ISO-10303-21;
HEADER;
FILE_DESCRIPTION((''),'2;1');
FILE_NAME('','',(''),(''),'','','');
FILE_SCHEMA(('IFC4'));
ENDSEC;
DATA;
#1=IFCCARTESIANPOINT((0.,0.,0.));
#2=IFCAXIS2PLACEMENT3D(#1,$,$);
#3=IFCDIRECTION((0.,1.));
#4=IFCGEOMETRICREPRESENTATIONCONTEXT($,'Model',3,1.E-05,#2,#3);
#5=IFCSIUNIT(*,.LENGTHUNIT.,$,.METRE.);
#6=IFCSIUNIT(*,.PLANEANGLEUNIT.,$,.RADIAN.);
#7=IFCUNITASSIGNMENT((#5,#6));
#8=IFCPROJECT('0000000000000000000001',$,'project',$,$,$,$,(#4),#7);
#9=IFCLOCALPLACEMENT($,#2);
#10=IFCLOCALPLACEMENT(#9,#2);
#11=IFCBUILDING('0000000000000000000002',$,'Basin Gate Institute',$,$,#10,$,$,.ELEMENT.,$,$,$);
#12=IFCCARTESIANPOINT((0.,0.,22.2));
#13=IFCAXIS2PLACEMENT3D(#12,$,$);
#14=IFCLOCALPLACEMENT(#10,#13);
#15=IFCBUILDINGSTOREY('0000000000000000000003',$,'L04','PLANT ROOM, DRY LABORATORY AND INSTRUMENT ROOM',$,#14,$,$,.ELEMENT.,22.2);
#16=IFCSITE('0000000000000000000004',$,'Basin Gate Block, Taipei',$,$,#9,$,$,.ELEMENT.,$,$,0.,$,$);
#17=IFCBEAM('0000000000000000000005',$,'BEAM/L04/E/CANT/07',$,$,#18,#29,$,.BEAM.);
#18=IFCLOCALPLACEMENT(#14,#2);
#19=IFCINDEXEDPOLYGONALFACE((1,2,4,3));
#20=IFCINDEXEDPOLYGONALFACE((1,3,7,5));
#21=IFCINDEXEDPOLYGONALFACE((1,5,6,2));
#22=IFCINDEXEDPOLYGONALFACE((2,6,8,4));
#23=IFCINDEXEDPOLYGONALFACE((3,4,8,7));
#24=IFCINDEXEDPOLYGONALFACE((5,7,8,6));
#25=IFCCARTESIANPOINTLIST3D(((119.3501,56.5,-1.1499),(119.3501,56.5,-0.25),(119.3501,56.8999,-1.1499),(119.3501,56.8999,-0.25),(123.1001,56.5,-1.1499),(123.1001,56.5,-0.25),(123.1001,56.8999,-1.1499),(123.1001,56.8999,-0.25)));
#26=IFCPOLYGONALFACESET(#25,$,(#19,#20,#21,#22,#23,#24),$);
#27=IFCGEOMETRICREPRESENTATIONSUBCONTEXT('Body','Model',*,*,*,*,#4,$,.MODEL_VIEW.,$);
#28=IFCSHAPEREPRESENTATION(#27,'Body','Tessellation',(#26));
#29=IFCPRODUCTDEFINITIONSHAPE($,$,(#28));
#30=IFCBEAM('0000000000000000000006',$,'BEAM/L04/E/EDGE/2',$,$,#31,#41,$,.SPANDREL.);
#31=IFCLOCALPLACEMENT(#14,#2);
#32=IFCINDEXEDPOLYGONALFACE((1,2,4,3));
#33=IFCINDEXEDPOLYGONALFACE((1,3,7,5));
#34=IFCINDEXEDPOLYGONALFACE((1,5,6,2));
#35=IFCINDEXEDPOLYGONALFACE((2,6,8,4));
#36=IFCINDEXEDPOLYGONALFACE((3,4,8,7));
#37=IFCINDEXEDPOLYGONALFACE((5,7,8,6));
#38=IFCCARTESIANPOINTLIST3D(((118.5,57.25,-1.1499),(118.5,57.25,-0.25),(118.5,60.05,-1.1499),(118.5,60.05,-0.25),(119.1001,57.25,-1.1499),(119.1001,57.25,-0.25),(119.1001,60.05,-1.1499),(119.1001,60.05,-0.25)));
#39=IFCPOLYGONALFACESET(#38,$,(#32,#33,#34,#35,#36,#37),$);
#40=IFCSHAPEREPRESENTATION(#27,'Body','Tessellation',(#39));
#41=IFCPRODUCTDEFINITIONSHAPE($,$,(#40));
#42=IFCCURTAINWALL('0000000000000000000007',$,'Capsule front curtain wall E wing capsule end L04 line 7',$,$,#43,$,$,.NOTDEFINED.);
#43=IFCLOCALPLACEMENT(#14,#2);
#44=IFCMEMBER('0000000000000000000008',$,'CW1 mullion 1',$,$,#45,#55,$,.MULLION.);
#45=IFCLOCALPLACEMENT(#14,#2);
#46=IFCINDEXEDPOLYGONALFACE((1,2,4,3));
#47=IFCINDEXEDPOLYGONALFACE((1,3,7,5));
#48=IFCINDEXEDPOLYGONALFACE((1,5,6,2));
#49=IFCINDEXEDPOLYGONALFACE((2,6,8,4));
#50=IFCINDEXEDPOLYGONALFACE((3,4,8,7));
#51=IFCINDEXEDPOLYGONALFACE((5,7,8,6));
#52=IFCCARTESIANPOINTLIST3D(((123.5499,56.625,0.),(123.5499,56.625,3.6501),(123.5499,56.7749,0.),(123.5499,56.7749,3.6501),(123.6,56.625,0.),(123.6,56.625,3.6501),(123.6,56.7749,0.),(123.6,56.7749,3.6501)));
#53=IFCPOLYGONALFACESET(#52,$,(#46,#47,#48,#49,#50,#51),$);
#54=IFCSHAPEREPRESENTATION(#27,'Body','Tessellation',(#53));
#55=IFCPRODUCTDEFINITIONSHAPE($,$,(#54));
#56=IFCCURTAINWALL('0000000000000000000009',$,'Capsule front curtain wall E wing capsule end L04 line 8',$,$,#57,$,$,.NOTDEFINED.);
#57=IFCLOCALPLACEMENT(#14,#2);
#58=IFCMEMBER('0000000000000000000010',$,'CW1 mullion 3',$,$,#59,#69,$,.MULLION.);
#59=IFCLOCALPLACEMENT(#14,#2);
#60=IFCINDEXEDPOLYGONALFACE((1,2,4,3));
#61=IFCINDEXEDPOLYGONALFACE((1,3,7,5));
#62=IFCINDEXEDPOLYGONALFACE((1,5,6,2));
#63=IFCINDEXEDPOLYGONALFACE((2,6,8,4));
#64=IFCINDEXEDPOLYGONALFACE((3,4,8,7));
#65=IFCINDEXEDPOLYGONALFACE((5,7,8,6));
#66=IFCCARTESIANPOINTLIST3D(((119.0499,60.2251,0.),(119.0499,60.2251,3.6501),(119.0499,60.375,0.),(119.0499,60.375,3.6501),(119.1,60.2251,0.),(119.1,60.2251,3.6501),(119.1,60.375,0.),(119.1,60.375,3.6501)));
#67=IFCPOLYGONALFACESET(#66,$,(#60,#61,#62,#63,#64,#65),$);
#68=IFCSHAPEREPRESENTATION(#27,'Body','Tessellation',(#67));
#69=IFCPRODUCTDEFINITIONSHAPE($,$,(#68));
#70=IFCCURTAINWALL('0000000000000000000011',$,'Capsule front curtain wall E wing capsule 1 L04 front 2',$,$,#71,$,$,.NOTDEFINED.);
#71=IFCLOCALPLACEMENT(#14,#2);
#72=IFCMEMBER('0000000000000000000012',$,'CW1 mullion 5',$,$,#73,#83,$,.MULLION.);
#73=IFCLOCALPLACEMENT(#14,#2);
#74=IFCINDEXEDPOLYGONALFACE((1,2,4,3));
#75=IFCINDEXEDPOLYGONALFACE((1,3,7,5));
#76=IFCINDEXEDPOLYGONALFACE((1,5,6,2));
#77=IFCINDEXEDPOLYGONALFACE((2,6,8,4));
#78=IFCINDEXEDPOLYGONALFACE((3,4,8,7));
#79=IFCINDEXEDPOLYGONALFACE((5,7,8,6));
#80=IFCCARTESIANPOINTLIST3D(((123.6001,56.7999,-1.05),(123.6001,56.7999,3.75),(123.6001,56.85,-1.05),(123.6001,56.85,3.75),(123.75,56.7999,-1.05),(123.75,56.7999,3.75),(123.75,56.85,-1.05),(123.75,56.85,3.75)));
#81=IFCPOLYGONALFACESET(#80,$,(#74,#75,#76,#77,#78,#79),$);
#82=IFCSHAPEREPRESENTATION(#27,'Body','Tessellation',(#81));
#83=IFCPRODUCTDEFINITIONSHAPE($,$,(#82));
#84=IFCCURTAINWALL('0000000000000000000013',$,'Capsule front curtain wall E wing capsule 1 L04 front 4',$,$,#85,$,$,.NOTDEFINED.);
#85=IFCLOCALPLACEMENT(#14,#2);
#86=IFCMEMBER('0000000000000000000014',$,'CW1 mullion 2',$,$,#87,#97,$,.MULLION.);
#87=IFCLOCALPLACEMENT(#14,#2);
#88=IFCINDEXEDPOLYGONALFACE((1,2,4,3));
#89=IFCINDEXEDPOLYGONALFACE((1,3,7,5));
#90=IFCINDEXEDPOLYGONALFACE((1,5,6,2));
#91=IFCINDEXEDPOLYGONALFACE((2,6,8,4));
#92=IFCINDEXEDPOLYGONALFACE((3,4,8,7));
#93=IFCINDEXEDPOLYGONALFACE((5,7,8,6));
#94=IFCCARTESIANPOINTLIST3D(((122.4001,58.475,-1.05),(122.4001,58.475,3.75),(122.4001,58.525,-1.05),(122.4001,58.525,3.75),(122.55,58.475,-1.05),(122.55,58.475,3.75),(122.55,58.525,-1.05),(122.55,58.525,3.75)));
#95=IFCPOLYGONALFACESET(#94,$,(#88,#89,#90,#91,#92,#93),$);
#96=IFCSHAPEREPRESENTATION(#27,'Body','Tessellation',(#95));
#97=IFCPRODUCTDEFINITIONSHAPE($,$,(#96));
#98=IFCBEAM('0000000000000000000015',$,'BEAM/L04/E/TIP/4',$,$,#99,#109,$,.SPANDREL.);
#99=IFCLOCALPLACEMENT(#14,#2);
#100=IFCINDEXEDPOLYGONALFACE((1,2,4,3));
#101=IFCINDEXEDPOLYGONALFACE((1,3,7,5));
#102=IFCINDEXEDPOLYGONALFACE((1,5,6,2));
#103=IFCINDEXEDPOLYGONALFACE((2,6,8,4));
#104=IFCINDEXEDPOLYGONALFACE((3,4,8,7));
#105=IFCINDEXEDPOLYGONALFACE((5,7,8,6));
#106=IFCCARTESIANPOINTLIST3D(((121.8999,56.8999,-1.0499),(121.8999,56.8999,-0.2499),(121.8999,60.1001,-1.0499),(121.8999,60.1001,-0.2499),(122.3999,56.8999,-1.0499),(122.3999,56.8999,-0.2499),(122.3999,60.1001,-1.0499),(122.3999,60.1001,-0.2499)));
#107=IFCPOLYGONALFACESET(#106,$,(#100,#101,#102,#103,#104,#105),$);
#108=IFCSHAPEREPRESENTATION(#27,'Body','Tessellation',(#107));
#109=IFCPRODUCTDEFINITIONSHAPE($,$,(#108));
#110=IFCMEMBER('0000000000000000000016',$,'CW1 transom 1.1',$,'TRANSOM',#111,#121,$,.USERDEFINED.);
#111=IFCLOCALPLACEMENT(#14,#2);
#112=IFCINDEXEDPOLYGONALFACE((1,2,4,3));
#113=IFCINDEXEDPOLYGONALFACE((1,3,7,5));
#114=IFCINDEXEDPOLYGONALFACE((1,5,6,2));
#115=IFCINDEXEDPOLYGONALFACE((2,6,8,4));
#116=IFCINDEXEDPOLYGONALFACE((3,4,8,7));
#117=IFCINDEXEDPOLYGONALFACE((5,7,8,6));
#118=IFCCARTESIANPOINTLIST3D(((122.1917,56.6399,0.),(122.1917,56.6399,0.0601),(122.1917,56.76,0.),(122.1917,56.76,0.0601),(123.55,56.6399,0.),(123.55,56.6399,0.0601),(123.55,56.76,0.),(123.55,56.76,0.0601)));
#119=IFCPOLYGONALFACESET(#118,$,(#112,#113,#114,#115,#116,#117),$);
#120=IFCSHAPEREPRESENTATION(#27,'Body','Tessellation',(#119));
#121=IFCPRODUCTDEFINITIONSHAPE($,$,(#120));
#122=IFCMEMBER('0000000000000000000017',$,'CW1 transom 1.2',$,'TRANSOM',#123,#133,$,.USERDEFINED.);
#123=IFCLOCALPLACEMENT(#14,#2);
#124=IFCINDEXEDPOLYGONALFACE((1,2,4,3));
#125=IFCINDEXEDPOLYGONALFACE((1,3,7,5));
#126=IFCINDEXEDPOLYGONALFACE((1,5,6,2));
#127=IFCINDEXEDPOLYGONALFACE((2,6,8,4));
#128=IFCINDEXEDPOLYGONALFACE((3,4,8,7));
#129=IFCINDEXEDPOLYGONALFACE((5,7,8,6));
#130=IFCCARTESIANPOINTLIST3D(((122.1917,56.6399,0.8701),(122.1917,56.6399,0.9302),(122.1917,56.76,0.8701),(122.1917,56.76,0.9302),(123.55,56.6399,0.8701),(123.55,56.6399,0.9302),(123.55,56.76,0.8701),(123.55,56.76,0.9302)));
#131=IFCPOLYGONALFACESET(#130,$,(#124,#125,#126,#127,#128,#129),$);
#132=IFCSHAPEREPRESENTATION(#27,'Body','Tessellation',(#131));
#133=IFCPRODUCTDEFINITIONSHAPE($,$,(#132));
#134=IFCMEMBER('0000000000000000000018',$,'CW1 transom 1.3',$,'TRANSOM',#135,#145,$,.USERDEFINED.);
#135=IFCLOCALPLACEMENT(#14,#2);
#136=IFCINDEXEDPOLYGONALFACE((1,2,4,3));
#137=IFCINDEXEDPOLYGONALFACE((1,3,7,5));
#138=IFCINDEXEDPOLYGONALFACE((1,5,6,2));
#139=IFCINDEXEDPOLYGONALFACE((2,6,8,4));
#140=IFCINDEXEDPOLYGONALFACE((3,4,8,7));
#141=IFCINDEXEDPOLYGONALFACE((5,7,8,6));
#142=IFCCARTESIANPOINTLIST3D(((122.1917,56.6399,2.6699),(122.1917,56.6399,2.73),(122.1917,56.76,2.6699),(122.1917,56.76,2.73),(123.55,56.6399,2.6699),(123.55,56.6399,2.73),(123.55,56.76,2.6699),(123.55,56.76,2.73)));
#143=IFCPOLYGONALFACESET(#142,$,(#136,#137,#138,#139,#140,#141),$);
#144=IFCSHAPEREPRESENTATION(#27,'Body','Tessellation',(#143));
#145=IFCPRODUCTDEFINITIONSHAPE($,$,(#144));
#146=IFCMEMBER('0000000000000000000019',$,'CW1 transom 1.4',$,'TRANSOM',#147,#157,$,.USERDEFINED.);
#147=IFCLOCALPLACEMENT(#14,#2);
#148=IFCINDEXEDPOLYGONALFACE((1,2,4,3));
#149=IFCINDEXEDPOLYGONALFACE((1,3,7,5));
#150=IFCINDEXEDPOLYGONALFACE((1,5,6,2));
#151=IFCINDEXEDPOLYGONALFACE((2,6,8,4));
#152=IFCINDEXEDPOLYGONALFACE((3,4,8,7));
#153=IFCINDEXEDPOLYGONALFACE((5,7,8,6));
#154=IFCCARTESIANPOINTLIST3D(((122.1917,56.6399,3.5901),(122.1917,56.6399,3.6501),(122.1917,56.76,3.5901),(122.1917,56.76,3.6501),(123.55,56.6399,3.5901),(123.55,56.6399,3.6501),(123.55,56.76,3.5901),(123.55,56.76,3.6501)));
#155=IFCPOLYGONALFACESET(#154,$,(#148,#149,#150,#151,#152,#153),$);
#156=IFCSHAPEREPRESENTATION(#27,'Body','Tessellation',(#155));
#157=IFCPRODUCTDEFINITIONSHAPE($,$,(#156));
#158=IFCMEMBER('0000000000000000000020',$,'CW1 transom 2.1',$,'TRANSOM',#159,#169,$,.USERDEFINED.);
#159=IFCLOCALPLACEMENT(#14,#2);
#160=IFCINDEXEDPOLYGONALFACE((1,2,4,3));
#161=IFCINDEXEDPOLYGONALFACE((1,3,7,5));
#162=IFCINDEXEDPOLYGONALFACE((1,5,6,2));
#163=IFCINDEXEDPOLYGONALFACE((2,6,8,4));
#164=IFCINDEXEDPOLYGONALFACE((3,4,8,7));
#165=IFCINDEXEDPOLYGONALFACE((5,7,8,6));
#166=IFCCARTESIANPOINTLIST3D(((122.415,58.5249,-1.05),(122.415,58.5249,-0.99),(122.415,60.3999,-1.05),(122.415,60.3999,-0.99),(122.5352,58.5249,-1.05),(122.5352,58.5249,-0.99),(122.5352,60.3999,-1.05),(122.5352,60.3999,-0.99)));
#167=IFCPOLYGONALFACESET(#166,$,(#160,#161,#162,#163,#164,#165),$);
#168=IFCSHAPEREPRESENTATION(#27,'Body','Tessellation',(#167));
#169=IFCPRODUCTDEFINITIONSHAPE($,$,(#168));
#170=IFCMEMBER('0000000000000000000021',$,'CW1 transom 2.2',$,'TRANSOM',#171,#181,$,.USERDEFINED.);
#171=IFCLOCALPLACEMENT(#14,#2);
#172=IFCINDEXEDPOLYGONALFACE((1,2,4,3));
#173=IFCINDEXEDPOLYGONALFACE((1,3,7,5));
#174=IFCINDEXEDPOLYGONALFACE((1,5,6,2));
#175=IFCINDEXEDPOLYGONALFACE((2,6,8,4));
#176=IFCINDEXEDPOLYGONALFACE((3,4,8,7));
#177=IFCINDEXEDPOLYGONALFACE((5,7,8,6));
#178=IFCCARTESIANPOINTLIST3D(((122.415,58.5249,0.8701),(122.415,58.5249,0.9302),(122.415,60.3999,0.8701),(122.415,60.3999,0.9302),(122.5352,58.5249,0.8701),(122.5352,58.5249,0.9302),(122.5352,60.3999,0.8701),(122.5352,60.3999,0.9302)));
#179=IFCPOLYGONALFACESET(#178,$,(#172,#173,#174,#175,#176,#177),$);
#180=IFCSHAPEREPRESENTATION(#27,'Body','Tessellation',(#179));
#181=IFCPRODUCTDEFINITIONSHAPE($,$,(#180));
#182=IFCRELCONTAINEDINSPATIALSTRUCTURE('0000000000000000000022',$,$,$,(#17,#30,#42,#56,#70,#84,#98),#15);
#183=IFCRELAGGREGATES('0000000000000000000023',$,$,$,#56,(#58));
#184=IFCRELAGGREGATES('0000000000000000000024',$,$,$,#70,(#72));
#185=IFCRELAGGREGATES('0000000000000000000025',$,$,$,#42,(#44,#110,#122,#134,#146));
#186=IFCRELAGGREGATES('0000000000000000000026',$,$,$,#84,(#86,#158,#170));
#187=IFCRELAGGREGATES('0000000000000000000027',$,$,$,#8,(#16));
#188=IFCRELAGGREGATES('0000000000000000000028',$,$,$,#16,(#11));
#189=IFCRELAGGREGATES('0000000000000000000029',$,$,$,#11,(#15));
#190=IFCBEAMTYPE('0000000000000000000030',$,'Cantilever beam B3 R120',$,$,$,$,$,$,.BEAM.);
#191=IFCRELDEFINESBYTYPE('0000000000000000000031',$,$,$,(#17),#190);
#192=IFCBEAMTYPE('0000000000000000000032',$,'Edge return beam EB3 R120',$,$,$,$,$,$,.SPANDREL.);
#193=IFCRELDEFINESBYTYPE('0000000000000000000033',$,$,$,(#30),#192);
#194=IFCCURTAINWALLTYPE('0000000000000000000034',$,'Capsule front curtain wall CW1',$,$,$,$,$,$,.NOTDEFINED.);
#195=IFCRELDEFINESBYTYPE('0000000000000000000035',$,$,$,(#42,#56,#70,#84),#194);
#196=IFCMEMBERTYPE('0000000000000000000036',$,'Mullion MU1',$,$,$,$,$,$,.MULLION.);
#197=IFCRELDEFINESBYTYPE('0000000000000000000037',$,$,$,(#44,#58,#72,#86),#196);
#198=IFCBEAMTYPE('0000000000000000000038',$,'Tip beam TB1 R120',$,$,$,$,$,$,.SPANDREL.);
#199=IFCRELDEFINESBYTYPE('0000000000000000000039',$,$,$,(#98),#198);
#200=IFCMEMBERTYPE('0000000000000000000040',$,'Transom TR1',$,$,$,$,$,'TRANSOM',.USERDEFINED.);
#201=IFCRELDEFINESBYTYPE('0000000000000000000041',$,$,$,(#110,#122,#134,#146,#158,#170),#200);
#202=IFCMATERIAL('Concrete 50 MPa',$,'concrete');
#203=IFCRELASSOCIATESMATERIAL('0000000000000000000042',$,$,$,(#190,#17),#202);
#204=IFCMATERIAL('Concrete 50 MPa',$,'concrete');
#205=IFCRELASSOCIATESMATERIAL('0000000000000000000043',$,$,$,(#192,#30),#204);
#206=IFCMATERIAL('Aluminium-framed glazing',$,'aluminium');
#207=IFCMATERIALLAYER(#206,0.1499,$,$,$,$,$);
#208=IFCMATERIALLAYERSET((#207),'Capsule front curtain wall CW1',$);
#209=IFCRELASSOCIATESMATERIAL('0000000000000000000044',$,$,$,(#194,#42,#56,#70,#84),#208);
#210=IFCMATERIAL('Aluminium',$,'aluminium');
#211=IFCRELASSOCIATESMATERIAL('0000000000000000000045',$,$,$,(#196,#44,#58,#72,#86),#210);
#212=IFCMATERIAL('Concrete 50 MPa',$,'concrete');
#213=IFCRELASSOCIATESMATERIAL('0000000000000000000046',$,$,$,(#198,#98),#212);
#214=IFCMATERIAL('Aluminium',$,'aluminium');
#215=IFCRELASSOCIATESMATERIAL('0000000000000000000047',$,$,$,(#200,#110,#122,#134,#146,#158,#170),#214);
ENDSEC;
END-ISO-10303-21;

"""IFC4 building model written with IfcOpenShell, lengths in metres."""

from ifc_helpers import new_model, si_unit, direction, frame, origin, origin_2d, place, context, subcontext, project, spatial, rectangle, extrude, material, layer, layer_set, material_profile, profile_set, type_object, element, aggregate, save


model = new_model("IFC4")

# Units and contexts
model_context = context("Model", 3, precision=1e-05, world=origin(), true_north=direction((0.0, 1.0)))
body_context = subcontext(model_context, "Body", "Model", "MODEL_VIEW")
ifc_project = project(units=[si_unit("LENGTHUNIT", "METRE"), si_unit("PLANEANGLEUNIT", "RADIAN")], contexts=[model_context])

# Site, building, storey
site_placement = place(None, origin())
site = spatial("IfcSite", under=ifc_project, at=site_placement, Name="Basin Gate Block, Taipei", CompositionType="ELEMENT", RefElevation=0.0)
building_placement = place(site_placement, origin())
building = spatial("IfcBuilding", under=site, at=building_placement, Name="Basin Gate Institute", CompositionType="ELEMENT")
storey_placement = place(building_placement, frame((0.0, 0.0, 22.2)))
storey = spatial("IfcBuildingStorey", under=building, at=storey_placement, Name="L04", Description="PLANT ROOM, DRY LABORATORY AND INSTRUMENT ROOM", CompositionType="ELEMENT", Elevation=22.2)

# Beams
ifc_material_1 = material(Name="Concrete 50 MPa", Category="concrete")
ifc_material_profile_1 = material_profile(ifc_material_1, rectangle(XDim=0.3999, YDim=0.8999, at=origin_2d()), Name="Cantilever beam B3 400 x 900")
ifc_profile_set_1 = profile_set([ifc_material_profile_1], Name="Concrete 50 MPa")
beam_type_1 = type_object("IfcBeamType", Name="Cantilever beam B3 R120", PredefinedType="BEAM", material=ifc_profile_set_1)
beam_1_placement = place(storey_placement, frame((123.1001, 56.7, -0.7), z_axis=(-1.0, 0.0, 0.0), x_axis=(0.0, -1.0, 0.0)))
element("IfcBeam", 1, at=beam_1_placement, inside=storey, type_object=beam_type_1, material=ifc_profile_set_1, Name="BEAM/L04/E/CANT/07", PredefinedType="BEAM", context=body_context, shape_type="SweptSolid", body=[
    extrude(rectangle(XDim=0.3999, YDim=0.8999, at=origin_2d()), origin(), (0.0, 0.0, 1.0), 3.75),
])
ifc_material_2 = material(Name="Concrete 50 MPa", Category="concrete")
ifc_material_profile_2 = material_profile(ifc_material_2, rectangle(XDim=0.6001, YDim=0.8999, at=origin_2d()), Name="Edge return beam EB3 600 x 900")
ifc_profile_set_2 = profile_set([ifc_material_profile_2], Name="Concrete 50 MPa")
beam_type_2 = type_object("IfcBeamType", Name="Edge return beam EB3 R120", PredefinedType="SPANDREL", material=ifc_profile_set_2)
beam_2_placement = place(storey_placement, frame((118.8, 57.25, -0.7), z_axis=(0.0, 1.0, 0.0), x_axis=(-1.0, 0.0, 0.0)))
element("IfcBeam", 2, at=beam_2_placement, inside=storey, type_object=beam_type_2, material=ifc_profile_set_2, Name="BEAM/L04/E/EDGE/2", PredefinedType="SPANDREL", context=body_context, shape_type="SweptSolid", body=[
    extrude(rectangle(XDim=0.6001, YDim=0.8999, at=origin_2d()), origin(), (0.0, 0.0, 1.0), 2.8),
])

# Curtain walls, members
ifc_material_3 = material(Name="Aluminium-framed glazing", Category="aluminium")
ifc_layer_1 = layer(ifc_material_3, 0.1499)
ifc_layer_set_1 = layer_set([ifc_layer_1], Name="Capsule front curtain wall CW1")
curtain_wall_type = type_object("IfcCurtainWallType", Name="Capsule front curtain wall CW1", PredefinedType="NOTDEFINED", material=ifc_layer_set_1)
curtain_wall_1_placement = place(storey_placement, origin())
curtain_wall_1 = element("IfcCurtainWall", 3, at=curtain_wall_1_placement, inside=storey, type_object=curtain_wall_type, material=ifc_layer_set_1, Name="Capsule front curtain wall E wing capsule end L04 line 7", PredefinedType="NOTDEFINED")
ifc_material_4 = material(Name="Aluminium", Category="aluminium")
ifc_material_profile_3 = material_profile(ifc_material_4, rectangle(XDim=0.1499, YDim=0.05, at=origin_2d()), Name="Mullion MU1 150 x 50")
ifc_profile_set_3 = profile_set([ifc_material_profile_3], Name="Aluminium")
member_type_1 = type_object("IfcMemberType", Name="Mullion MU1", PredefinedType="MULLION", material=ifc_profile_set_3)
member_1_placement = place(storey_placement, frame((123.575, 56.7, 0.0), z_axis=(0.0, 0.0, 1.0), x_axis=(0.0, -1.0, 0.0)))
member_1 = element("IfcMember", 4, at=member_1_placement, type_object=member_type_1, material=ifc_profile_set_3, Name="CW1 mullion 1", PredefinedType="MULLION", context=body_context, shape_type="SweptSolid", body=[
    extrude(rectangle(XDim=0.1499, YDim=0.05, at=origin_2d()), origin(), (0.0, 0.0, 1.0), 3.6501),
])
curtain_wall_2_placement = place(storey_placement, origin())
curtain_wall_2 = element("IfcCurtainWall", 5, at=curtain_wall_2_placement, inside=storey, type_object=curtain_wall_type, material=ifc_layer_set_1, Name="Capsule front curtain wall E wing capsule end L04 line 8", PredefinedType="NOTDEFINED")
member_2_placement = place(storey_placement, frame((119.075, 60.3, 0.0), z_axis=(0.0, 0.0, 1.0), x_axis=(0.0, -1.0, 0.0)))
member_2 = element("IfcMember", 6, at=member_2_placement, type_object=member_type_1, material=ifc_profile_set_3, Name="CW1 mullion 3", PredefinedType="MULLION", context=body_context, shape_type="SweptSolid", body=[
    extrude(rectangle(XDim=0.1499, YDim=0.05, at=origin_2d()), origin(), (0.0, 0.0, 1.0), 3.6501),
])
aggregate(curtain_wall_2, [member_2])
curtain_wall_3_placement = place(storey_placement, origin())
curtain_wall_3 = element("IfcCurtainWall", 7, at=curtain_wall_3_placement, inside=storey, type_object=curtain_wall_type, material=ifc_layer_set_1, Name="Capsule front curtain wall E wing capsule 1 L04 front 2", PredefinedType="NOTDEFINED")
member_3_placement = place(storey_placement, frame((123.675, 56.825, -1.05), z_axis=(0.0, 0.0, 1.0), x_axis=(-1.0, 0.0, 0.0)))
member_3 = element("IfcMember", 8, at=member_3_placement, type_object=member_type_1, material=ifc_profile_set_3, Name="CW1 mullion 5", PredefinedType="MULLION", context=body_context, shape_type="SweptSolid", body=[
    extrude(rectangle(XDim=0.1499, YDim=0.05, at=origin_2d()), origin(), (0.0, 0.0, 1.0), 4.8),
])
aggregate(curtain_wall_3, [member_3])
curtain_wall_4_placement = place(storey_placement, origin())
curtain_wall_4 = element("IfcCurtainWall", 9, at=curtain_wall_4_placement, inside=storey, type_object=curtain_wall_type, material=ifc_layer_set_1, Name="Capsule front curtain wall E wing capsule 1 L04 front 4", PredefinedType="NOTDEFINED")
member_4_placement = place(storey_placement, frame((122.4751, 58.5, -1.05), z_axis=(0.0, 0.0, 1.0), x_axis=(-1.0, 0.0, 0.0)))
member_4 = element("IfcMember", 10, at=member_4_placement, type_object=member_type_1, material=ifc_profile_set_3, Name="CW1 mullion 2", PredefinedType="MULLION", context=body_context, shape_type="SweptSolid", body=[
    extrude(rectangle(XDim=0.1499, YDim=0.05, at=origin_2d()), origin(), (0.0, 0.0, 1.0), 4.8),
])

# Beam
ifc_material_5 = material(Name="Concrete 50 MPa", Category="concrete")
ifc_material_profile_4 = material_profile(ifc_material_5, rectangle(XDim=0.5, YDim=0.8, at=origin_2d()), Name="Tip beam TB1 500 x 800")
ifc_profile_set_4 = profile_set([ifc_material_profile_4], Name="Concrete 50 MPa")
beam_type_3 = type_object("IfcBeamType", Name="Tip beam TB1 R120", PredefinedType="SPANDREL", material=ifc_profile_set_4)
beam_3_placement = place(storey_placement, frame((122.1499, 56.8999, -0.6499), z_axis=(0.0, 1.0, 0.0), x_axis=(-1.0, 0.0, 0.0)))
element("IfcBeam", 11, at=beam_3_placement, inside=storey, type_object=beam_type_3, material=ifc_profile_set_4, Name="BEAM/L04/E/TIP/4", PredefinedType="SPANDREL", context=body_context, shape_type="SweptSolid", body=[
    extrude(rectangle(XDim=0.5, YDim=0.8, at=origin_2d()), origin(), (0.0, 0.0, 1.0), 3.2002),
])

# Members
ifc_material_6 = material(Name="Aluminium", Category="aluminium")
ifc_material_profile_5 = material_profile(ifc_material_6, rectangle(XDim=0.1201, YDim=0.0601, at=origin_2d()), Name="Transom TR1 120 x 60")
ifc_profile_set_5 = profile_set([ifc_material_profile_5], Name="Aluminium")
member_type_2 = type_object("IfcMemberType", Name="Transom TR1", ElementType="TRANSOM", PredefinedType="USERDEFINED", material=ifc_profile_set_5)
member_5_placement = place(storey_placement, frame((123.55, 56.7, 0.03), z_axis=(-1.0, 0.0, 0.0), x_axis=(0.0, -1.0, 0.0)))
member_5 = element("IfcMember", 12, at=member_5_placement, type_object=member_type_2, material=ifc_profile_set_5, Name="CW1 transom 1.1", ObjectType="TRANSOM", PredefinedType="USERDEFINED", context=body_context, shape_type="SweptSolid", body=[
    extrude(rectangle(XDim=0.1201, YDim=0.0601, at=origin_2d()), origin(), (0.0, 0.0, 1.0), 1.3584),
])
member_6_placement = place(storey_placement, frame((123.55, 56.7, 0.9001), z_axis=(-1.0, 0.0, 0.0), x_axis=(0.0, -1.0, 0.0)))
member_6 = element("IfcMember", 13, at=member_6_placement, type_object=member_type_2, material=ifc_profile_set_5, Name="CW1 transom 1.2", ObjectType="TRANSOM", PredefinedType="USERDEFINED", context=body_context, shape_type="SweptSolid", body=[
    extrude(rectangle(XDim=0.1201, YDim=0.0601, at=origin_2d()), origin(), (0.0, 0.0, 1.0), 1.3584),
])
member_7_placement = place(storey_placement, frame((123.55, 56.7, 2.7), z_axis=(-1.0, 0.0, 0.0), x_axis=(0.0, -1.0, 0.0)))
member_7 = element("IfcMember", 14, at=member_7_placement, type_object=member_type_2, material=ifc_profile_set_5, Name="CW1 transom 1.3", ObjectType="TRANSOM", PredefinedType="USERDEFINED", context=body_context, shape_type="SweptSolid", body=[
    extrude(rectangle(XDim=0.1201, YDim=0.0601, at=origin_2d()), origin(), (0.0, 0.0, 1.0), 1.3584),
])
member_8_placement = place(storey_placement, frame((123.55, 56.7, 3.6201), z_axis=(-1.0, 0.0, 0.0), x_axis=(0.0, -1.0, 0.0)))
member_8 = element("IfcMember", 15, at=member_8_placement, type_object=member_type_2, material=ifc_profile_set_5, Name="CW1 transom 1.4", ObjectType="TRANSOM", PredefinedType="USERDEFINED", context=body_context, shape_type="SweptSolid", body=[
    extrude(rectangle(XDim=0.1201, YDim=0.0601, at=origin_2d()), origin(), (0.0, 0.0, 1.0), 1.3584),
])
aggregate(curtain_wall_1, [member_1, member_5, member_6, member_7, member_8])
member_9_placement = place(storey_placement, frame((122.4751, 58.5249, -1.02), z_axis=(0.0, 1.0, 0.0), x_axis=(-1.0, 0.0, 0.0)))
member_9 = element("IfcMember", 16, at=member_9_placement, type_object=member_type_2, material=ifc_profile_set_5, Name="CW1 transom 2.1", ObjectType="TRANSOM", PredefinedType="USERDEFINED", context=body_context, shape_type="SweptSolid", body=[
    extrude(rectangle(XDim=0.1201, YDim=0.0601, at=origin_2d()), origin(), (0.0, 0.0, 1.0), 1.875),
])
member_10_placement = place(storey_placement, frame((122.4751, 58.5249, 0.9001), z_axis=(0.0, 1.0, 0.0), x_axis=(-1.0, 0.0, 0.0)))
member_10 = element("IfcMember", 17, at=member_10_placement, type_object=member_type_2, material=ifc_profile_set_5, Name="CW1 transom 2.2", ObjectType="TRANSOM", PredefinedType="USERDEFINED", context=body_context, shape_type="SweptSolid", body=[
    extrude(rectangle(XDim=0.1201, YDim=0.0601, at=origin_2d()), origin(), (0.0, 0.0, 1.0), 1.875),
])

aggregate(curtain_wall_4, [member_4, member_9, member_10])

save(model, "model.ifc")
